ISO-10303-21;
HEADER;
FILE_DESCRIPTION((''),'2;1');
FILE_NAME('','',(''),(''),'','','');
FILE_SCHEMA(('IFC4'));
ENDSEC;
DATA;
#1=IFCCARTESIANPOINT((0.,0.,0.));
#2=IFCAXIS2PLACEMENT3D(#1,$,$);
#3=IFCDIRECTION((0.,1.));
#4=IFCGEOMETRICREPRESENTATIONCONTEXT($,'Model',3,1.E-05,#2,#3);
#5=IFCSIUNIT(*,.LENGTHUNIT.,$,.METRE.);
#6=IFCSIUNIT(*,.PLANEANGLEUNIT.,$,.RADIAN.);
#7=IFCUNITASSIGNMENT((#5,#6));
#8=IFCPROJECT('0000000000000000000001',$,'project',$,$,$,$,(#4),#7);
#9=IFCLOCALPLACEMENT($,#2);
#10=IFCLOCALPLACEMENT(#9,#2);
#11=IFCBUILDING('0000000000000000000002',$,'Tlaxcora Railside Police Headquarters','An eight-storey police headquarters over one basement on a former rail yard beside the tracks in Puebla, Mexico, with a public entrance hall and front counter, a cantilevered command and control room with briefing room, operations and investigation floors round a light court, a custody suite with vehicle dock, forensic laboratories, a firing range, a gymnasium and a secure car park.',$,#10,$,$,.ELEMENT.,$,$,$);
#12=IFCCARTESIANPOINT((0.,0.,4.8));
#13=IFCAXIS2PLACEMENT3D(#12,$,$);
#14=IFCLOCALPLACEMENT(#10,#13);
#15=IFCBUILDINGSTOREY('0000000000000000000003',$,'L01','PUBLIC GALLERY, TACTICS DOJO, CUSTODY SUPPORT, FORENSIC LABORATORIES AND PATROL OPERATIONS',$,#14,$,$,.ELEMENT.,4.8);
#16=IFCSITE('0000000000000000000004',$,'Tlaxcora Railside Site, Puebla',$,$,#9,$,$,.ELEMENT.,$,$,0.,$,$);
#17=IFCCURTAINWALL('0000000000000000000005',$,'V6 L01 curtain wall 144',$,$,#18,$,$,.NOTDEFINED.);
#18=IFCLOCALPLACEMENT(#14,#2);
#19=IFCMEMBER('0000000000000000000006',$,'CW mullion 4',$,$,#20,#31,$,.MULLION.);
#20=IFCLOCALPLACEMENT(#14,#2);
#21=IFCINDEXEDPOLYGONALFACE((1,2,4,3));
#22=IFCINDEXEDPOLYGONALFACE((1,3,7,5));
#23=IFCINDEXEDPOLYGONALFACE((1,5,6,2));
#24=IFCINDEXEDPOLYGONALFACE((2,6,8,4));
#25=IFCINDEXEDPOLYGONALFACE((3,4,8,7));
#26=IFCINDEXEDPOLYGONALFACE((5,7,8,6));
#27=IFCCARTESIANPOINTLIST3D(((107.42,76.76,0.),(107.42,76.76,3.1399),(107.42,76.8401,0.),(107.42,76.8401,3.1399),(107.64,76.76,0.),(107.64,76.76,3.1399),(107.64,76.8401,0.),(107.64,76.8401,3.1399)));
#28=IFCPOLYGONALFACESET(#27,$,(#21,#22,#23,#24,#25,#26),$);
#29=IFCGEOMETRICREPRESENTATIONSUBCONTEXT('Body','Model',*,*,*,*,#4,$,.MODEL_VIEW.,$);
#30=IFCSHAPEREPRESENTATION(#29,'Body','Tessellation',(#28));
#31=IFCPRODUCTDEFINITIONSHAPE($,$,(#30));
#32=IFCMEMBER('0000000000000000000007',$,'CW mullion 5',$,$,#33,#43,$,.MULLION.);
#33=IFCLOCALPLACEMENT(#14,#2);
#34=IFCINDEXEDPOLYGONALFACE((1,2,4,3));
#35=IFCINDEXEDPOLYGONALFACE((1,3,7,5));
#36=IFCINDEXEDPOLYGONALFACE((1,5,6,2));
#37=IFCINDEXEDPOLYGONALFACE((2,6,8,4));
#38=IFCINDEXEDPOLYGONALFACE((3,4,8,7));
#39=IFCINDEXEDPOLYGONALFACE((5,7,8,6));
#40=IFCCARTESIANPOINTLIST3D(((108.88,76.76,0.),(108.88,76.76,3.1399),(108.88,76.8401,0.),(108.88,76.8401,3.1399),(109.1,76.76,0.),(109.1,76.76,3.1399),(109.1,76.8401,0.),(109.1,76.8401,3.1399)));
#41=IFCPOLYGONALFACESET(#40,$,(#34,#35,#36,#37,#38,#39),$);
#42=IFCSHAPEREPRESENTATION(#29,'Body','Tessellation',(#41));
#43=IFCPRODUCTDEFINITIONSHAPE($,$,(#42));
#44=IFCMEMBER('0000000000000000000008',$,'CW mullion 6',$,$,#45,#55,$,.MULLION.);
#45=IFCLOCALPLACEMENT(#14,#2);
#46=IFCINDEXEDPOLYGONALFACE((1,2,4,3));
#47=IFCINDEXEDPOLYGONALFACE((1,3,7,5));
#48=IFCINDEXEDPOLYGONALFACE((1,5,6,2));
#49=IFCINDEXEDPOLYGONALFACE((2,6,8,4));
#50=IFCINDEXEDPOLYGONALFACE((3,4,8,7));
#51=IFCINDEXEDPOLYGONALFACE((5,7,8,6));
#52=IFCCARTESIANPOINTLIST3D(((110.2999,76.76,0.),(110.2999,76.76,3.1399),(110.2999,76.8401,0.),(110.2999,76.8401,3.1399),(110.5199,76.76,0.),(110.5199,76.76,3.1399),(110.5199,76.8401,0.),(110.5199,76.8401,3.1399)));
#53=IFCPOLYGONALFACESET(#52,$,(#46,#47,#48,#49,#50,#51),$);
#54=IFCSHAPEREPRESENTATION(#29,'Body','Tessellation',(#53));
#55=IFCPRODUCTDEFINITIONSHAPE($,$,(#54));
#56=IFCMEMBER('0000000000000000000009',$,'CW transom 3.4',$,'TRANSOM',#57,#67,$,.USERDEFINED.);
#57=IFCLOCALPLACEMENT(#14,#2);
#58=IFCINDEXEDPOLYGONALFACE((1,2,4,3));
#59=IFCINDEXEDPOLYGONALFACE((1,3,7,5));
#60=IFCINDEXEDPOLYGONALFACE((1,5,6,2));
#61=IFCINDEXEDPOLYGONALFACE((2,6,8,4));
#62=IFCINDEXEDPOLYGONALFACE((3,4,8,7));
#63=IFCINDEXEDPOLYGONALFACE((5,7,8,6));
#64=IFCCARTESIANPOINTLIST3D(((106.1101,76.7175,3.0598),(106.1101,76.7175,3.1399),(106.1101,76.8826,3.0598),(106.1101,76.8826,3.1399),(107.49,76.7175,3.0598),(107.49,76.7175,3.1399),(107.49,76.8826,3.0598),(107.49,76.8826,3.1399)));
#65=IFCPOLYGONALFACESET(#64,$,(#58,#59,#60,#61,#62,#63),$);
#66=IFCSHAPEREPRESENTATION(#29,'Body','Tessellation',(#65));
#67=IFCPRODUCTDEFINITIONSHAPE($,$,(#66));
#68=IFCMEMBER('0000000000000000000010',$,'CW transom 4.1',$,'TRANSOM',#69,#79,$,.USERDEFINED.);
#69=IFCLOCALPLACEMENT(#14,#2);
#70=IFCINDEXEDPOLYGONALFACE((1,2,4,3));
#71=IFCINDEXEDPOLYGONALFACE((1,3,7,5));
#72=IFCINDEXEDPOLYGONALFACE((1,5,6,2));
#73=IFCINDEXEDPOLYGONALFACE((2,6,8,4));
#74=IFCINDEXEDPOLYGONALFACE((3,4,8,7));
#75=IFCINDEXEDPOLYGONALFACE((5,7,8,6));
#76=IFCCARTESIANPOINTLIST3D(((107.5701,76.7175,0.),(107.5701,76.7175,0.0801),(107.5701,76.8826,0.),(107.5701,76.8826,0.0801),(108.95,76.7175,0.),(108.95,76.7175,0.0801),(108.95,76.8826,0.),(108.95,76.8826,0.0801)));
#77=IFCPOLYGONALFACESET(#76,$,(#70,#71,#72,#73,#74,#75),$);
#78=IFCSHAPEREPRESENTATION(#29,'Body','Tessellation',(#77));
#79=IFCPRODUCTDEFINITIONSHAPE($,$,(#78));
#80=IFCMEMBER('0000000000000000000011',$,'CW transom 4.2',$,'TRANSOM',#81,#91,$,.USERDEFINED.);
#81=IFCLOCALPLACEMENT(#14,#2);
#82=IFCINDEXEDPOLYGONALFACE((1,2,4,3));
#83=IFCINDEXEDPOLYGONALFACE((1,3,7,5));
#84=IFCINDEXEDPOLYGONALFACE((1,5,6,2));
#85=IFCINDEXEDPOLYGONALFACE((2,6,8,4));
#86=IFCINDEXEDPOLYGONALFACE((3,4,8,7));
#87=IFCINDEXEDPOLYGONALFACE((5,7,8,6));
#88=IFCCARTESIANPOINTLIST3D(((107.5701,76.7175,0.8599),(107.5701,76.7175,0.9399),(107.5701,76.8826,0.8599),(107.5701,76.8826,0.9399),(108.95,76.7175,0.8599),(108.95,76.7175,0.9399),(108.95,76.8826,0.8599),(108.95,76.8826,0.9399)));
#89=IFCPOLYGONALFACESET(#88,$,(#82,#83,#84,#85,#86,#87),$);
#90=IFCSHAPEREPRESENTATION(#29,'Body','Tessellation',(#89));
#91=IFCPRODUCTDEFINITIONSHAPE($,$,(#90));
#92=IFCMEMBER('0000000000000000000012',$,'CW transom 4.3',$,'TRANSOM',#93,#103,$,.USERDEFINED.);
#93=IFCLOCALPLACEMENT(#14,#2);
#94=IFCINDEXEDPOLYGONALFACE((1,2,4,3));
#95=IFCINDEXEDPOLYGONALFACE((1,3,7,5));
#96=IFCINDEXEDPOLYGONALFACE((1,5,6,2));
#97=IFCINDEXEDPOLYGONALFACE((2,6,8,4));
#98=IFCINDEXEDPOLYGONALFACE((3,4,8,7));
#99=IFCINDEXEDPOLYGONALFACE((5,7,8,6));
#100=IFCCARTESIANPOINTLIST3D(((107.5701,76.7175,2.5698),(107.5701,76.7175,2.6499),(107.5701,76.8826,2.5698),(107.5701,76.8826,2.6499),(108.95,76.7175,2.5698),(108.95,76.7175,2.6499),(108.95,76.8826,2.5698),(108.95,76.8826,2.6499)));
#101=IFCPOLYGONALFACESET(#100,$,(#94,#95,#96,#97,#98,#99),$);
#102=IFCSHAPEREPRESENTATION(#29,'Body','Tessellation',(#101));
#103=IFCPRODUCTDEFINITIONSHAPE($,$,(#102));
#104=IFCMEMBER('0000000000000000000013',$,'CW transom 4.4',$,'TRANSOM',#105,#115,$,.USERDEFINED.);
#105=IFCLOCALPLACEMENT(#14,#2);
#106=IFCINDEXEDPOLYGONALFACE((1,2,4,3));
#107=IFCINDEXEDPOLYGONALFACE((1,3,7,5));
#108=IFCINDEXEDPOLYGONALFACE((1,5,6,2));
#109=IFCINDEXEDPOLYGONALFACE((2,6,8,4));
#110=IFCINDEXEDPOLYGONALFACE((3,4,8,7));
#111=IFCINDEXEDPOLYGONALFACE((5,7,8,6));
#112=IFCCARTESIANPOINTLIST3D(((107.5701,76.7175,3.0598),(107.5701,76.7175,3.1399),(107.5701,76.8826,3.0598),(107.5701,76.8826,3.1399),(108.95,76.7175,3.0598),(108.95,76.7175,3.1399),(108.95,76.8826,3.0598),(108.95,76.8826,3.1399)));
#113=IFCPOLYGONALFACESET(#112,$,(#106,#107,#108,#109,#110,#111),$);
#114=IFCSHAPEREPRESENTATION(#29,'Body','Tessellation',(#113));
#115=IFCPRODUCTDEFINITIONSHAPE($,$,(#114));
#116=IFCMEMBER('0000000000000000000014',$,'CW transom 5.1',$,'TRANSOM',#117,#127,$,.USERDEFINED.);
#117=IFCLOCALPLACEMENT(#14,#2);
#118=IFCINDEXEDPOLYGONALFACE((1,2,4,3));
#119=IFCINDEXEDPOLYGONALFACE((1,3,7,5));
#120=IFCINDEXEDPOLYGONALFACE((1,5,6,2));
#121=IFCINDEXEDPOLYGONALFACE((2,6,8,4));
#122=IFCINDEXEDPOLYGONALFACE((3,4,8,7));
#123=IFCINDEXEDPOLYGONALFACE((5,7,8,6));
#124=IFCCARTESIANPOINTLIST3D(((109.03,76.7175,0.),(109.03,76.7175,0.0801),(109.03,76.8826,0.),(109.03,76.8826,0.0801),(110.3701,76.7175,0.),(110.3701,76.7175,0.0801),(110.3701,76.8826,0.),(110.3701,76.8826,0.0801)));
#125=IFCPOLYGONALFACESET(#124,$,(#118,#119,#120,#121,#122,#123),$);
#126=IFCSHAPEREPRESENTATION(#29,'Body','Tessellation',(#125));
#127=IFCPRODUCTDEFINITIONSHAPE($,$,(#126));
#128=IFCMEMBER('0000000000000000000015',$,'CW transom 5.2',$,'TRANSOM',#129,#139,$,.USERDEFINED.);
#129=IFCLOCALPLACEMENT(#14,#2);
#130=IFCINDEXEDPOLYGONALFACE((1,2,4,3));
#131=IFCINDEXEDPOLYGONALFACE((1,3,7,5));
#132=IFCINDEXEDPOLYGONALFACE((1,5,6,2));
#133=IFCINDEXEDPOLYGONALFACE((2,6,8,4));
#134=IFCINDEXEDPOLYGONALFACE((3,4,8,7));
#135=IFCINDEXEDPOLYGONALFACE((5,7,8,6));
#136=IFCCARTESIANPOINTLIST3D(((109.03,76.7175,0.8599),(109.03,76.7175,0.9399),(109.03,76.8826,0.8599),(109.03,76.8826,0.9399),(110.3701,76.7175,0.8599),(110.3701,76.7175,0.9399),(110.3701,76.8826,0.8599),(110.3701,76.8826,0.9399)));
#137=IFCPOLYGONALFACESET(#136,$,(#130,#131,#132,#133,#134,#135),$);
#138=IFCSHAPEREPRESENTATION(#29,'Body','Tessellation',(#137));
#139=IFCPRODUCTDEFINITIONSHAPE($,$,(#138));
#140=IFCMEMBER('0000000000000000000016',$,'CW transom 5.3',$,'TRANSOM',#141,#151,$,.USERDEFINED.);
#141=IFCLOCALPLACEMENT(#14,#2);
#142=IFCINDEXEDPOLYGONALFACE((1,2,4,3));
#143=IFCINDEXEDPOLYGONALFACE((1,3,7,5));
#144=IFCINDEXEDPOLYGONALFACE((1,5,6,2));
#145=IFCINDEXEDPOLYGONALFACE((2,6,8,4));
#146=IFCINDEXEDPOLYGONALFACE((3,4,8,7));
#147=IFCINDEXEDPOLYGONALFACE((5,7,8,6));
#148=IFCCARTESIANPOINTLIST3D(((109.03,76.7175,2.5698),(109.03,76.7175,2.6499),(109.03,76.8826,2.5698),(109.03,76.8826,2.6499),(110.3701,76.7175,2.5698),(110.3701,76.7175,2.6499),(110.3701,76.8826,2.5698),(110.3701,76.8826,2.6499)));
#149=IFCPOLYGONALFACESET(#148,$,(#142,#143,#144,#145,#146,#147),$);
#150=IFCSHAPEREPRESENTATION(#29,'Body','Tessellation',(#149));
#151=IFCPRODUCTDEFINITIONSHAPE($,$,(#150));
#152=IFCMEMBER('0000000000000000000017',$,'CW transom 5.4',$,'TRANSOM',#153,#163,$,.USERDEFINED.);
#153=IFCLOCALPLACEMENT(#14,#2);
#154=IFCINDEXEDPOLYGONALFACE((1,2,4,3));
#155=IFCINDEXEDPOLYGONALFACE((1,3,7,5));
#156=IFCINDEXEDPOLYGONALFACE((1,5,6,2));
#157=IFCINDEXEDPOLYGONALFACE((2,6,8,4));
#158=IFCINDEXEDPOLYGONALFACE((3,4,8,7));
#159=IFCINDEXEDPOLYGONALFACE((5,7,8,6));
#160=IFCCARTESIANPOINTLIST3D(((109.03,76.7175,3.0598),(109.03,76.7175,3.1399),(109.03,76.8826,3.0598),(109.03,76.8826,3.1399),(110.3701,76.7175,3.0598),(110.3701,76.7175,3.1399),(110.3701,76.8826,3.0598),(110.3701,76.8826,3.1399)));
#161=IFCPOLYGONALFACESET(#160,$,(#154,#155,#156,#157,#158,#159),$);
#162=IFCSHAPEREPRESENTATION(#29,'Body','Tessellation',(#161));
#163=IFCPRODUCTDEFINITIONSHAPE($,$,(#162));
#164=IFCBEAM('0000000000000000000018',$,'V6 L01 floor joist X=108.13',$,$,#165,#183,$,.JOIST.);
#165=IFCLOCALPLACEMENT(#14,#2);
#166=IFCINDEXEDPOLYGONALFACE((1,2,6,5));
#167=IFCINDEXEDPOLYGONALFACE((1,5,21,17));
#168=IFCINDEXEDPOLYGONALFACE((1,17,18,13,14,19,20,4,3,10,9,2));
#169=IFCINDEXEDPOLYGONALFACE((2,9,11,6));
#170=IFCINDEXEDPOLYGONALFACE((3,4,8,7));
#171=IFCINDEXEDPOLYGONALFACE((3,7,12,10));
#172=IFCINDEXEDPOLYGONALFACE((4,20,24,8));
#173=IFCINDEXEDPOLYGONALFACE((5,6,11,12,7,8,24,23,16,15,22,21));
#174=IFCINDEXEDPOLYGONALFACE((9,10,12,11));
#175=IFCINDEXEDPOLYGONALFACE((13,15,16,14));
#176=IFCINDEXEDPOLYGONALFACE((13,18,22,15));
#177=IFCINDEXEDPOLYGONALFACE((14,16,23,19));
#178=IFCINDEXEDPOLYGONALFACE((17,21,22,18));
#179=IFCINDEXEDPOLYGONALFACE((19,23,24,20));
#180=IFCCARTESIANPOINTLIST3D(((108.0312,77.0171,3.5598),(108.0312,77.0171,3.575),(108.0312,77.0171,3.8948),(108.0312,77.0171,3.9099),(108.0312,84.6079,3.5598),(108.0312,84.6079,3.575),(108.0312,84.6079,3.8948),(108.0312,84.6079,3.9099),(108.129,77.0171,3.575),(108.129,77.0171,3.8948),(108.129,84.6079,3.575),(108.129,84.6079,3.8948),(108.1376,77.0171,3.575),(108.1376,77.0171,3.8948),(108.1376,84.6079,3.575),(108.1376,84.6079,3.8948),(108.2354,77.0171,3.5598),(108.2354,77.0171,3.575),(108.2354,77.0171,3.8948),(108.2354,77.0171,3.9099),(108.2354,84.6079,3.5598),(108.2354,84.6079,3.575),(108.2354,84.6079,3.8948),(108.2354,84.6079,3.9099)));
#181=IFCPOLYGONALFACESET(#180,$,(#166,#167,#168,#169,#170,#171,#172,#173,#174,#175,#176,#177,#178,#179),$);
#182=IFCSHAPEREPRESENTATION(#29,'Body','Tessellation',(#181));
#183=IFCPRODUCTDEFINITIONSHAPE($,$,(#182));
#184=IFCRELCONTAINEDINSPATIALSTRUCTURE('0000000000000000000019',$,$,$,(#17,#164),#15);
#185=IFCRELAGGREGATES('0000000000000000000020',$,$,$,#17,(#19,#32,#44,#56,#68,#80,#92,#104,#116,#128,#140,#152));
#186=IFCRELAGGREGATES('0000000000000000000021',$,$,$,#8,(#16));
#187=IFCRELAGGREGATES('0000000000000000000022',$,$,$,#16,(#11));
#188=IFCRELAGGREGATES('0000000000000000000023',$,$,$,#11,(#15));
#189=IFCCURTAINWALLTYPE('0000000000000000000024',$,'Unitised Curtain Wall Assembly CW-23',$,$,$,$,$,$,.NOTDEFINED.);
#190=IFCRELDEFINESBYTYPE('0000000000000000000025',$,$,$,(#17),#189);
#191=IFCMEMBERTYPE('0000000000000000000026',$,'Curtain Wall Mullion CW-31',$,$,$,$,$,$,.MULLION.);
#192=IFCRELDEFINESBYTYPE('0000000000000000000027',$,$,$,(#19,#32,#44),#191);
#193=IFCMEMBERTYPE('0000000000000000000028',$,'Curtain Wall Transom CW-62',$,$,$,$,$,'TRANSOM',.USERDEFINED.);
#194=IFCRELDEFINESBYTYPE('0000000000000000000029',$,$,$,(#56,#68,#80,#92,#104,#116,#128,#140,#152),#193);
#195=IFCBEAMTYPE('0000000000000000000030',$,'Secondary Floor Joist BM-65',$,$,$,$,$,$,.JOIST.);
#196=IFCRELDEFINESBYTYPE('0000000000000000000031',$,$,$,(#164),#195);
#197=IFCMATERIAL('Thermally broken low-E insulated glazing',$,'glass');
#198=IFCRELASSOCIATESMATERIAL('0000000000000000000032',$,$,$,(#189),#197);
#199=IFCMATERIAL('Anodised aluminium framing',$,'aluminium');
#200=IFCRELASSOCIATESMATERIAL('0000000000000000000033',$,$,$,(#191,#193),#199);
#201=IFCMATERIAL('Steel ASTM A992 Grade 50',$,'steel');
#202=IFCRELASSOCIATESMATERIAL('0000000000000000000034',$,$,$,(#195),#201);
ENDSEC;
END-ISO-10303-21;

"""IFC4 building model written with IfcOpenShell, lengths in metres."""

from ifc_helpers import new_model, si_unit, direction, frame, origin, origin_2d, place, context, subcontext, project, spatial, rectangle, i_section, extrude, material, material_profile, profile_set, type_object, element, aggregate, save


model = new_model("IFC4")

# Units and contexts
model_context = context("Model", 3, precision=1e-05, world=origin(), true_north=direction((0.0, 1.0)))
body_context = subcontext(model_context, "Body", "Model", "MODEL_VIEW")
ifc_project = project(units=[si_unit("LENGTHUNIT", "METRE"), si_unit("PLANEANGLEUNIT", "RADIAN")], contexts=[model_context])

# Site, building, storey
site_placement = place(None, origin())
site = spatial("IfcSite", under=ifc_project, at=site_placement, Name="Tlaxcora Railside Site, Puebla", CompositionType="ELEMENT", RefElevation=0.0)
building_placement = place(site_placement, origin())
building = spatial("IfcBuilding", under=site, at=building_placement, Name="Tlaxcora Railside Police Headquarters", Description="An eight-storey police headquarters over one basement on a former rail yard beside the tracks in Puebla, Mexico, with a public entrance hall and front counter, a cantilevered command and control room with briefing room, operations and investigation floors round a light court, a custody suite with vehicle dock, forensic laboratories, a firing range, a gymnasium and a secure car park.", CompositionType="ELEMENT")
storey_placement = place(building_placement, frame((0.0, 0.0, 4.8)))
storey = spatial("IfcBuildingStorey", under=building, at=storey_placement, Name="L01", Description="PUBLIC GALLERY, TACTICS DOJO, CUSTODY SUPPORT, FORENSIC LABORATORIES AND PATROL OPERATIONS", CompositionType="ELEMENT", Elevation=4.8)

# Curtain wall, members
ifc_material_1 = material(Name="Thermally broken low-E insulated glazing", Category="glass")
curtain_wall_type = type_object("IfcCurtainWallType", Name="Unitised Curtain Wall Assembly CW-23", PredefinedType="NOTDEFINED", material=ifc_material_1)
curtain_wall_placement = place(storey_placement, origin())
curtain_wall = element("IfcCurtainWall", 1, at=curtain_wall_placement, inside=storey, type_object=curtain_wall_type, Name="V6 L01 curtain wall 144", PredefinedType="NOTDEFINED")
ifc_material_2 = material(Name="Anodised aluminium framing", Category="aluminium")
ifc_material_profile_1 = material_profile(ifc_material_2, rectangle(XDim=0.0801, YDim=0.22, at=origin_2d()), Name="AL80X220")
ifc_profile_set_1 = profile_set([ifc_material_profile_1], Name="Anodised aluminium framing")
member_type_1 = type_object("IfcMemberType", Name="Curtain Wall Mullion CW-31", PredefinedType="MULLION", material=ifc_profile_set_1)
member_1_placement = place(storey_placement, frame((107.53, 76.8, 0.0), z_axis=(0.0, 0.0, 1.0), x_axis=(0.0, 1.0, 0.0)))
member_1 = element("IfcMember", 2, at=member_1_placement, type_object=member_type_1, Name="CW mullion 4", PredefinedType="MULLION", context=body_context, shape_type="SweptSolid", body=[
    extrude(rectangle(XDim=0.0801, YDim=0.22, at=origin_2d()), origin(), (0.0, 0.0, 1.0), 3.1399),
])
member_2_placement = place(storey_placement, frame((108.99, 76.8, 0.0), z_axis=(0.0, 0.0, 1.0), x_axis=(0.0, 1.0, 0.0)))
member_2 = element("IfcMember", 3, at=member_2_placement, type_object=member_type_1, Name="CW mullion 5", PredefinedType="MULLION", context=body_context, shape_type="SweptSolid", body=[
    extrude(rectangle(XDim=0.0801, YDim=0.22, at=origin_2d()), origin(), (0.0, 0.0, 1.0), 3.1399),
])
member_3_placement = place(storey_placement, frame((110.4099, 76.8, 0.0), z_axis=(0.0, 0.0, 1.0), x_axis=(0.0, 1.0, 0.0)))
member_3 = element("IfcMember", 4, at=member_3_placement, type_object=member_type_1, Name="CW mullion 6", PredefinedType="MULLION", context=body_context, shape_type="SweptSolid", body=[
    extrude(rectangle(XDim=0.0801, YDim=0.22, at=origin_2d()), origin(), (0.0, 0.0, 1.0), 3.1399),
])
ifc_material_profile_2 = material_profile(ifc_material_2, rectangle(XDim=0.165, YDim=0.0801, at=origin_2d()), Name="AL80X165")
ifc_profile_set_2 = profile_set([ifc_material_profile_2], Name="Anodised aluminium framing")
member_type_2 = type_object("IfcMemberType", Name="Curtain Wall Transom CW-62", ElementType="TRANSOM", PredefinedType="USERDEFINED", material=ifc_profile_set_2)
member_4_placement = place(storey_placement, frame((106.1101, 76.8, 3.0999), z_axis=(1.0, 0.0, 0.0), x_axis=(0.0, 1.0, 0.0)))
member_4 = element("IfcMember", 5, at=member_4_placement, type_object=member_type_2, Name="CW transom 3.4", ObjectType="TRANSOM", PredefinedType="USERDEFINED", context=body_context, shape_type="SweptSolid", body=[
    extrude(rectangle(XDim=0.165, YDim=0.0801, at=origin_2d()), origin(), (0.0, 0.0, 1.0), 1.3799),
])
member_5_placement = place(storey_placement, frame((107.5701, 76.8, 0.04), z_axis=(1.0, 0.0, 0.0), x_axis=(0.0, 1.0, 0.0)))
member_5 = element("IfcMember", 6, at=member_5_placement, type_object=member_type_2, Name="CW transom 4.1", ObjectType="TRANSOM", PredefinedType="USERDEFINED", context=body_context, shape_type="SweptSolid", body=[
    extrude(rectangle(XDim=0.165, YDim=0.0801, at=origin_2d()), origin(), (0.0, 0.0, 1.0), 1.3799),
])
member_6_placement = place(storey_placement, frame((107.5701, 76.8, 0.8999), z_axis=(1.0, 0.0, 0.0), x_axis=(0.0, 1.0, 0.0)))
member_6 = element("IfcMember", 7, at=member_6_placement, type_object=member_type_2, Name="CW transom 4.2", ObjectType="TRANSOM", PredefinedType="USERDEFINED", context=body_context, shape_type="SweptSolid", body=[
    extrude(rectangle(XDim=0.165, YDim=0.0801, at=origin_2d()), origin(), (0.0, 0.0, 1.0), 1.3799),
])
member_7_placement = place(storey_placement, frame((107.5701, 76.8, 2.6099), z_axis=(1.0, 0.0, 0.0), x_axis=(0.0, 1.0, 0.0)))
member_7 = element("IfcMember", 8, at=member_7_placement, type_object=member_type_2, Name="CW transom 4.3", ObjectType="TRANSOM", PredefinedType="USERDEFINED", context=body_context, shape_type="SweptSolid", body=[
    extrude(rectangle(XDim=0.165, YDim=0.0801, at=origin_2d()), origin(), (0.0, 0.0, 1.0), 1.3799),
])
member_8_placement = place(storey_placement, frame((107.5701, 76.8, 3.0999), z_axis=(1.0, 0.0, 0.0), x_axis=(0.0, 1.0, 0.0)))
member_8 = element("IfcMember", 9, at=member_8_placement, type_object=member_type_2, Name="CW transom 4.4", ObjectType="TRANSOM", PredefinedType="USERDEFINED", context=body_context, shape_type="SweptSolid", body=[
    extrude(rectangle(XDim=0.165, YDim=0.0801, at=origin_2d()), origin(), (0.0, 0.0, 1.0), 1.3799),
])
member_9_placement = place(storey_placement, frame((109.03, 76.8, 0.04), z_axis=(1.0, 0.0, 0.0), x_axis=(0.0, 1.0, 0.0)))
member_9 = element("IfcMember", 10, at=member_9_placement, type_object=member_type_2, Name="CW transom 5.1", ObjectType="TRANSOM", PredefinedType="USERDEFINED", context=body_context, shape_type="SweptSolid", body=[
    extrude(rectangle(XDim=0.165, YDim=0.0801, at=origin_2d()), origin(), (0.0, 0.0, 1.0), 1.3401),
])
member_10_placement = place(storey_placement, frame((109.03, 76.8, 0.8999), z_axis=(1.0, 0.0, 0.0), x_axis=(0.0, 1.0, 0.0)))
member_10 = element("IfcMember", 11, at=member_10_placement, type_object=member_type_2, Name="CW transom 5.2", ObjectType="TRANSOM", PredefinedType="USERDEFINED", context=body_context, shape_type="SweptSolid", body=[
    extrude(rectangle(XDim=0.165, YDim=0.0801, at=origin_2d()), origin(), (0.0, 0.0, 1.0), 1.3401),
])
member_11_placement = place(storey_placement, frame((109.03, 76.8, 2.6099), z_axis=(1.0, 0.0, 0.0), x_axis=(0.0, 1.0, 0.0)))
member_11 = element("IfcMember", 12, at=member_11_placement, type_object=member_type_2, Name="CW transom 5.3", ObjectType="TRANSOM", PredefinedType="USERDEFINED", context=body_context, shape_type="SweptSolid", body=[
    extrude(rectangle(XDim=0.165, YDim=0.0801, at=origin_2d()), origin(), (0.0, 0.0, 1.0), 1.3401),
])
member_12_placement = place(storey_placement, frame((109.03, 76.8, 3.0999), z_axis=(1.0, 0.0, 0.0), x_axis=(0.0, 1.0, 0.0)))
member_12 = element("IfcMember", 13, at=member_12_placement, type_object=member_type_2, Name="CW transom 5.4", ObjectType="TRANSOM", PredefinedType="USERDEFINED", context=body_context, shape_type="SweptSolid", body=[
    extrude(rectangle(XDim=0.165, YDim=0.0801, at=origin_2d()), origin(), (0.0, 0.0, 1.0), 1.3401),
])

# Beam
ifc_material_3 = material(Name="Steel ASTM A992 Grade 50", Category="steel")
ifc_material_profile_3 = material_profile(ifc_material_3, i_section(OverallWidth=0.2041, OverallDepth=0.3501, WebThickness=0.0085, FlangeThickness=0.0151, at=origin_2d()), Name="W14X48")
ifc_profile_set_3 = profile_set([ifc_material_profile_3], Name="Steel ASTM A992 Grade 50")
beam_type = type_object("IfcBeamType", Name="Secondary Floor Joist BM-65", PredefinedType="JOIST", material=ifc_profile_set_3)
beam_placement = place(storey_placement, frame((108.1333, 77.0171, 3.7349), z_axis=(0.0, 1.0, 0.0), x_axis=(-1.0, 0.0, 0.0)))
element("IfcBeam", 14, at=beam_placement, inside=storey, type_object=beam_type, Name="V6 L01 floor joist X=108.13", PredefinedType="JOIST", context=body_context, shape_type="SweptSolid", body=[
    extrude(i_section(OverallWidth=0.2041, OverallDepth=0.3501, WebThickness=0.0085, FlangeThickness=0.0151, at=origin_2d()), origin(), (0.0, 0.0, 1.0), 7.5908),
])

aggregate(curtain_wall, [member_1, member_2, member_3, member_4, member_5, member_6, member_7, member_8, member_9, member_10, member_11, member_12])

save(model, "model.ifc")
